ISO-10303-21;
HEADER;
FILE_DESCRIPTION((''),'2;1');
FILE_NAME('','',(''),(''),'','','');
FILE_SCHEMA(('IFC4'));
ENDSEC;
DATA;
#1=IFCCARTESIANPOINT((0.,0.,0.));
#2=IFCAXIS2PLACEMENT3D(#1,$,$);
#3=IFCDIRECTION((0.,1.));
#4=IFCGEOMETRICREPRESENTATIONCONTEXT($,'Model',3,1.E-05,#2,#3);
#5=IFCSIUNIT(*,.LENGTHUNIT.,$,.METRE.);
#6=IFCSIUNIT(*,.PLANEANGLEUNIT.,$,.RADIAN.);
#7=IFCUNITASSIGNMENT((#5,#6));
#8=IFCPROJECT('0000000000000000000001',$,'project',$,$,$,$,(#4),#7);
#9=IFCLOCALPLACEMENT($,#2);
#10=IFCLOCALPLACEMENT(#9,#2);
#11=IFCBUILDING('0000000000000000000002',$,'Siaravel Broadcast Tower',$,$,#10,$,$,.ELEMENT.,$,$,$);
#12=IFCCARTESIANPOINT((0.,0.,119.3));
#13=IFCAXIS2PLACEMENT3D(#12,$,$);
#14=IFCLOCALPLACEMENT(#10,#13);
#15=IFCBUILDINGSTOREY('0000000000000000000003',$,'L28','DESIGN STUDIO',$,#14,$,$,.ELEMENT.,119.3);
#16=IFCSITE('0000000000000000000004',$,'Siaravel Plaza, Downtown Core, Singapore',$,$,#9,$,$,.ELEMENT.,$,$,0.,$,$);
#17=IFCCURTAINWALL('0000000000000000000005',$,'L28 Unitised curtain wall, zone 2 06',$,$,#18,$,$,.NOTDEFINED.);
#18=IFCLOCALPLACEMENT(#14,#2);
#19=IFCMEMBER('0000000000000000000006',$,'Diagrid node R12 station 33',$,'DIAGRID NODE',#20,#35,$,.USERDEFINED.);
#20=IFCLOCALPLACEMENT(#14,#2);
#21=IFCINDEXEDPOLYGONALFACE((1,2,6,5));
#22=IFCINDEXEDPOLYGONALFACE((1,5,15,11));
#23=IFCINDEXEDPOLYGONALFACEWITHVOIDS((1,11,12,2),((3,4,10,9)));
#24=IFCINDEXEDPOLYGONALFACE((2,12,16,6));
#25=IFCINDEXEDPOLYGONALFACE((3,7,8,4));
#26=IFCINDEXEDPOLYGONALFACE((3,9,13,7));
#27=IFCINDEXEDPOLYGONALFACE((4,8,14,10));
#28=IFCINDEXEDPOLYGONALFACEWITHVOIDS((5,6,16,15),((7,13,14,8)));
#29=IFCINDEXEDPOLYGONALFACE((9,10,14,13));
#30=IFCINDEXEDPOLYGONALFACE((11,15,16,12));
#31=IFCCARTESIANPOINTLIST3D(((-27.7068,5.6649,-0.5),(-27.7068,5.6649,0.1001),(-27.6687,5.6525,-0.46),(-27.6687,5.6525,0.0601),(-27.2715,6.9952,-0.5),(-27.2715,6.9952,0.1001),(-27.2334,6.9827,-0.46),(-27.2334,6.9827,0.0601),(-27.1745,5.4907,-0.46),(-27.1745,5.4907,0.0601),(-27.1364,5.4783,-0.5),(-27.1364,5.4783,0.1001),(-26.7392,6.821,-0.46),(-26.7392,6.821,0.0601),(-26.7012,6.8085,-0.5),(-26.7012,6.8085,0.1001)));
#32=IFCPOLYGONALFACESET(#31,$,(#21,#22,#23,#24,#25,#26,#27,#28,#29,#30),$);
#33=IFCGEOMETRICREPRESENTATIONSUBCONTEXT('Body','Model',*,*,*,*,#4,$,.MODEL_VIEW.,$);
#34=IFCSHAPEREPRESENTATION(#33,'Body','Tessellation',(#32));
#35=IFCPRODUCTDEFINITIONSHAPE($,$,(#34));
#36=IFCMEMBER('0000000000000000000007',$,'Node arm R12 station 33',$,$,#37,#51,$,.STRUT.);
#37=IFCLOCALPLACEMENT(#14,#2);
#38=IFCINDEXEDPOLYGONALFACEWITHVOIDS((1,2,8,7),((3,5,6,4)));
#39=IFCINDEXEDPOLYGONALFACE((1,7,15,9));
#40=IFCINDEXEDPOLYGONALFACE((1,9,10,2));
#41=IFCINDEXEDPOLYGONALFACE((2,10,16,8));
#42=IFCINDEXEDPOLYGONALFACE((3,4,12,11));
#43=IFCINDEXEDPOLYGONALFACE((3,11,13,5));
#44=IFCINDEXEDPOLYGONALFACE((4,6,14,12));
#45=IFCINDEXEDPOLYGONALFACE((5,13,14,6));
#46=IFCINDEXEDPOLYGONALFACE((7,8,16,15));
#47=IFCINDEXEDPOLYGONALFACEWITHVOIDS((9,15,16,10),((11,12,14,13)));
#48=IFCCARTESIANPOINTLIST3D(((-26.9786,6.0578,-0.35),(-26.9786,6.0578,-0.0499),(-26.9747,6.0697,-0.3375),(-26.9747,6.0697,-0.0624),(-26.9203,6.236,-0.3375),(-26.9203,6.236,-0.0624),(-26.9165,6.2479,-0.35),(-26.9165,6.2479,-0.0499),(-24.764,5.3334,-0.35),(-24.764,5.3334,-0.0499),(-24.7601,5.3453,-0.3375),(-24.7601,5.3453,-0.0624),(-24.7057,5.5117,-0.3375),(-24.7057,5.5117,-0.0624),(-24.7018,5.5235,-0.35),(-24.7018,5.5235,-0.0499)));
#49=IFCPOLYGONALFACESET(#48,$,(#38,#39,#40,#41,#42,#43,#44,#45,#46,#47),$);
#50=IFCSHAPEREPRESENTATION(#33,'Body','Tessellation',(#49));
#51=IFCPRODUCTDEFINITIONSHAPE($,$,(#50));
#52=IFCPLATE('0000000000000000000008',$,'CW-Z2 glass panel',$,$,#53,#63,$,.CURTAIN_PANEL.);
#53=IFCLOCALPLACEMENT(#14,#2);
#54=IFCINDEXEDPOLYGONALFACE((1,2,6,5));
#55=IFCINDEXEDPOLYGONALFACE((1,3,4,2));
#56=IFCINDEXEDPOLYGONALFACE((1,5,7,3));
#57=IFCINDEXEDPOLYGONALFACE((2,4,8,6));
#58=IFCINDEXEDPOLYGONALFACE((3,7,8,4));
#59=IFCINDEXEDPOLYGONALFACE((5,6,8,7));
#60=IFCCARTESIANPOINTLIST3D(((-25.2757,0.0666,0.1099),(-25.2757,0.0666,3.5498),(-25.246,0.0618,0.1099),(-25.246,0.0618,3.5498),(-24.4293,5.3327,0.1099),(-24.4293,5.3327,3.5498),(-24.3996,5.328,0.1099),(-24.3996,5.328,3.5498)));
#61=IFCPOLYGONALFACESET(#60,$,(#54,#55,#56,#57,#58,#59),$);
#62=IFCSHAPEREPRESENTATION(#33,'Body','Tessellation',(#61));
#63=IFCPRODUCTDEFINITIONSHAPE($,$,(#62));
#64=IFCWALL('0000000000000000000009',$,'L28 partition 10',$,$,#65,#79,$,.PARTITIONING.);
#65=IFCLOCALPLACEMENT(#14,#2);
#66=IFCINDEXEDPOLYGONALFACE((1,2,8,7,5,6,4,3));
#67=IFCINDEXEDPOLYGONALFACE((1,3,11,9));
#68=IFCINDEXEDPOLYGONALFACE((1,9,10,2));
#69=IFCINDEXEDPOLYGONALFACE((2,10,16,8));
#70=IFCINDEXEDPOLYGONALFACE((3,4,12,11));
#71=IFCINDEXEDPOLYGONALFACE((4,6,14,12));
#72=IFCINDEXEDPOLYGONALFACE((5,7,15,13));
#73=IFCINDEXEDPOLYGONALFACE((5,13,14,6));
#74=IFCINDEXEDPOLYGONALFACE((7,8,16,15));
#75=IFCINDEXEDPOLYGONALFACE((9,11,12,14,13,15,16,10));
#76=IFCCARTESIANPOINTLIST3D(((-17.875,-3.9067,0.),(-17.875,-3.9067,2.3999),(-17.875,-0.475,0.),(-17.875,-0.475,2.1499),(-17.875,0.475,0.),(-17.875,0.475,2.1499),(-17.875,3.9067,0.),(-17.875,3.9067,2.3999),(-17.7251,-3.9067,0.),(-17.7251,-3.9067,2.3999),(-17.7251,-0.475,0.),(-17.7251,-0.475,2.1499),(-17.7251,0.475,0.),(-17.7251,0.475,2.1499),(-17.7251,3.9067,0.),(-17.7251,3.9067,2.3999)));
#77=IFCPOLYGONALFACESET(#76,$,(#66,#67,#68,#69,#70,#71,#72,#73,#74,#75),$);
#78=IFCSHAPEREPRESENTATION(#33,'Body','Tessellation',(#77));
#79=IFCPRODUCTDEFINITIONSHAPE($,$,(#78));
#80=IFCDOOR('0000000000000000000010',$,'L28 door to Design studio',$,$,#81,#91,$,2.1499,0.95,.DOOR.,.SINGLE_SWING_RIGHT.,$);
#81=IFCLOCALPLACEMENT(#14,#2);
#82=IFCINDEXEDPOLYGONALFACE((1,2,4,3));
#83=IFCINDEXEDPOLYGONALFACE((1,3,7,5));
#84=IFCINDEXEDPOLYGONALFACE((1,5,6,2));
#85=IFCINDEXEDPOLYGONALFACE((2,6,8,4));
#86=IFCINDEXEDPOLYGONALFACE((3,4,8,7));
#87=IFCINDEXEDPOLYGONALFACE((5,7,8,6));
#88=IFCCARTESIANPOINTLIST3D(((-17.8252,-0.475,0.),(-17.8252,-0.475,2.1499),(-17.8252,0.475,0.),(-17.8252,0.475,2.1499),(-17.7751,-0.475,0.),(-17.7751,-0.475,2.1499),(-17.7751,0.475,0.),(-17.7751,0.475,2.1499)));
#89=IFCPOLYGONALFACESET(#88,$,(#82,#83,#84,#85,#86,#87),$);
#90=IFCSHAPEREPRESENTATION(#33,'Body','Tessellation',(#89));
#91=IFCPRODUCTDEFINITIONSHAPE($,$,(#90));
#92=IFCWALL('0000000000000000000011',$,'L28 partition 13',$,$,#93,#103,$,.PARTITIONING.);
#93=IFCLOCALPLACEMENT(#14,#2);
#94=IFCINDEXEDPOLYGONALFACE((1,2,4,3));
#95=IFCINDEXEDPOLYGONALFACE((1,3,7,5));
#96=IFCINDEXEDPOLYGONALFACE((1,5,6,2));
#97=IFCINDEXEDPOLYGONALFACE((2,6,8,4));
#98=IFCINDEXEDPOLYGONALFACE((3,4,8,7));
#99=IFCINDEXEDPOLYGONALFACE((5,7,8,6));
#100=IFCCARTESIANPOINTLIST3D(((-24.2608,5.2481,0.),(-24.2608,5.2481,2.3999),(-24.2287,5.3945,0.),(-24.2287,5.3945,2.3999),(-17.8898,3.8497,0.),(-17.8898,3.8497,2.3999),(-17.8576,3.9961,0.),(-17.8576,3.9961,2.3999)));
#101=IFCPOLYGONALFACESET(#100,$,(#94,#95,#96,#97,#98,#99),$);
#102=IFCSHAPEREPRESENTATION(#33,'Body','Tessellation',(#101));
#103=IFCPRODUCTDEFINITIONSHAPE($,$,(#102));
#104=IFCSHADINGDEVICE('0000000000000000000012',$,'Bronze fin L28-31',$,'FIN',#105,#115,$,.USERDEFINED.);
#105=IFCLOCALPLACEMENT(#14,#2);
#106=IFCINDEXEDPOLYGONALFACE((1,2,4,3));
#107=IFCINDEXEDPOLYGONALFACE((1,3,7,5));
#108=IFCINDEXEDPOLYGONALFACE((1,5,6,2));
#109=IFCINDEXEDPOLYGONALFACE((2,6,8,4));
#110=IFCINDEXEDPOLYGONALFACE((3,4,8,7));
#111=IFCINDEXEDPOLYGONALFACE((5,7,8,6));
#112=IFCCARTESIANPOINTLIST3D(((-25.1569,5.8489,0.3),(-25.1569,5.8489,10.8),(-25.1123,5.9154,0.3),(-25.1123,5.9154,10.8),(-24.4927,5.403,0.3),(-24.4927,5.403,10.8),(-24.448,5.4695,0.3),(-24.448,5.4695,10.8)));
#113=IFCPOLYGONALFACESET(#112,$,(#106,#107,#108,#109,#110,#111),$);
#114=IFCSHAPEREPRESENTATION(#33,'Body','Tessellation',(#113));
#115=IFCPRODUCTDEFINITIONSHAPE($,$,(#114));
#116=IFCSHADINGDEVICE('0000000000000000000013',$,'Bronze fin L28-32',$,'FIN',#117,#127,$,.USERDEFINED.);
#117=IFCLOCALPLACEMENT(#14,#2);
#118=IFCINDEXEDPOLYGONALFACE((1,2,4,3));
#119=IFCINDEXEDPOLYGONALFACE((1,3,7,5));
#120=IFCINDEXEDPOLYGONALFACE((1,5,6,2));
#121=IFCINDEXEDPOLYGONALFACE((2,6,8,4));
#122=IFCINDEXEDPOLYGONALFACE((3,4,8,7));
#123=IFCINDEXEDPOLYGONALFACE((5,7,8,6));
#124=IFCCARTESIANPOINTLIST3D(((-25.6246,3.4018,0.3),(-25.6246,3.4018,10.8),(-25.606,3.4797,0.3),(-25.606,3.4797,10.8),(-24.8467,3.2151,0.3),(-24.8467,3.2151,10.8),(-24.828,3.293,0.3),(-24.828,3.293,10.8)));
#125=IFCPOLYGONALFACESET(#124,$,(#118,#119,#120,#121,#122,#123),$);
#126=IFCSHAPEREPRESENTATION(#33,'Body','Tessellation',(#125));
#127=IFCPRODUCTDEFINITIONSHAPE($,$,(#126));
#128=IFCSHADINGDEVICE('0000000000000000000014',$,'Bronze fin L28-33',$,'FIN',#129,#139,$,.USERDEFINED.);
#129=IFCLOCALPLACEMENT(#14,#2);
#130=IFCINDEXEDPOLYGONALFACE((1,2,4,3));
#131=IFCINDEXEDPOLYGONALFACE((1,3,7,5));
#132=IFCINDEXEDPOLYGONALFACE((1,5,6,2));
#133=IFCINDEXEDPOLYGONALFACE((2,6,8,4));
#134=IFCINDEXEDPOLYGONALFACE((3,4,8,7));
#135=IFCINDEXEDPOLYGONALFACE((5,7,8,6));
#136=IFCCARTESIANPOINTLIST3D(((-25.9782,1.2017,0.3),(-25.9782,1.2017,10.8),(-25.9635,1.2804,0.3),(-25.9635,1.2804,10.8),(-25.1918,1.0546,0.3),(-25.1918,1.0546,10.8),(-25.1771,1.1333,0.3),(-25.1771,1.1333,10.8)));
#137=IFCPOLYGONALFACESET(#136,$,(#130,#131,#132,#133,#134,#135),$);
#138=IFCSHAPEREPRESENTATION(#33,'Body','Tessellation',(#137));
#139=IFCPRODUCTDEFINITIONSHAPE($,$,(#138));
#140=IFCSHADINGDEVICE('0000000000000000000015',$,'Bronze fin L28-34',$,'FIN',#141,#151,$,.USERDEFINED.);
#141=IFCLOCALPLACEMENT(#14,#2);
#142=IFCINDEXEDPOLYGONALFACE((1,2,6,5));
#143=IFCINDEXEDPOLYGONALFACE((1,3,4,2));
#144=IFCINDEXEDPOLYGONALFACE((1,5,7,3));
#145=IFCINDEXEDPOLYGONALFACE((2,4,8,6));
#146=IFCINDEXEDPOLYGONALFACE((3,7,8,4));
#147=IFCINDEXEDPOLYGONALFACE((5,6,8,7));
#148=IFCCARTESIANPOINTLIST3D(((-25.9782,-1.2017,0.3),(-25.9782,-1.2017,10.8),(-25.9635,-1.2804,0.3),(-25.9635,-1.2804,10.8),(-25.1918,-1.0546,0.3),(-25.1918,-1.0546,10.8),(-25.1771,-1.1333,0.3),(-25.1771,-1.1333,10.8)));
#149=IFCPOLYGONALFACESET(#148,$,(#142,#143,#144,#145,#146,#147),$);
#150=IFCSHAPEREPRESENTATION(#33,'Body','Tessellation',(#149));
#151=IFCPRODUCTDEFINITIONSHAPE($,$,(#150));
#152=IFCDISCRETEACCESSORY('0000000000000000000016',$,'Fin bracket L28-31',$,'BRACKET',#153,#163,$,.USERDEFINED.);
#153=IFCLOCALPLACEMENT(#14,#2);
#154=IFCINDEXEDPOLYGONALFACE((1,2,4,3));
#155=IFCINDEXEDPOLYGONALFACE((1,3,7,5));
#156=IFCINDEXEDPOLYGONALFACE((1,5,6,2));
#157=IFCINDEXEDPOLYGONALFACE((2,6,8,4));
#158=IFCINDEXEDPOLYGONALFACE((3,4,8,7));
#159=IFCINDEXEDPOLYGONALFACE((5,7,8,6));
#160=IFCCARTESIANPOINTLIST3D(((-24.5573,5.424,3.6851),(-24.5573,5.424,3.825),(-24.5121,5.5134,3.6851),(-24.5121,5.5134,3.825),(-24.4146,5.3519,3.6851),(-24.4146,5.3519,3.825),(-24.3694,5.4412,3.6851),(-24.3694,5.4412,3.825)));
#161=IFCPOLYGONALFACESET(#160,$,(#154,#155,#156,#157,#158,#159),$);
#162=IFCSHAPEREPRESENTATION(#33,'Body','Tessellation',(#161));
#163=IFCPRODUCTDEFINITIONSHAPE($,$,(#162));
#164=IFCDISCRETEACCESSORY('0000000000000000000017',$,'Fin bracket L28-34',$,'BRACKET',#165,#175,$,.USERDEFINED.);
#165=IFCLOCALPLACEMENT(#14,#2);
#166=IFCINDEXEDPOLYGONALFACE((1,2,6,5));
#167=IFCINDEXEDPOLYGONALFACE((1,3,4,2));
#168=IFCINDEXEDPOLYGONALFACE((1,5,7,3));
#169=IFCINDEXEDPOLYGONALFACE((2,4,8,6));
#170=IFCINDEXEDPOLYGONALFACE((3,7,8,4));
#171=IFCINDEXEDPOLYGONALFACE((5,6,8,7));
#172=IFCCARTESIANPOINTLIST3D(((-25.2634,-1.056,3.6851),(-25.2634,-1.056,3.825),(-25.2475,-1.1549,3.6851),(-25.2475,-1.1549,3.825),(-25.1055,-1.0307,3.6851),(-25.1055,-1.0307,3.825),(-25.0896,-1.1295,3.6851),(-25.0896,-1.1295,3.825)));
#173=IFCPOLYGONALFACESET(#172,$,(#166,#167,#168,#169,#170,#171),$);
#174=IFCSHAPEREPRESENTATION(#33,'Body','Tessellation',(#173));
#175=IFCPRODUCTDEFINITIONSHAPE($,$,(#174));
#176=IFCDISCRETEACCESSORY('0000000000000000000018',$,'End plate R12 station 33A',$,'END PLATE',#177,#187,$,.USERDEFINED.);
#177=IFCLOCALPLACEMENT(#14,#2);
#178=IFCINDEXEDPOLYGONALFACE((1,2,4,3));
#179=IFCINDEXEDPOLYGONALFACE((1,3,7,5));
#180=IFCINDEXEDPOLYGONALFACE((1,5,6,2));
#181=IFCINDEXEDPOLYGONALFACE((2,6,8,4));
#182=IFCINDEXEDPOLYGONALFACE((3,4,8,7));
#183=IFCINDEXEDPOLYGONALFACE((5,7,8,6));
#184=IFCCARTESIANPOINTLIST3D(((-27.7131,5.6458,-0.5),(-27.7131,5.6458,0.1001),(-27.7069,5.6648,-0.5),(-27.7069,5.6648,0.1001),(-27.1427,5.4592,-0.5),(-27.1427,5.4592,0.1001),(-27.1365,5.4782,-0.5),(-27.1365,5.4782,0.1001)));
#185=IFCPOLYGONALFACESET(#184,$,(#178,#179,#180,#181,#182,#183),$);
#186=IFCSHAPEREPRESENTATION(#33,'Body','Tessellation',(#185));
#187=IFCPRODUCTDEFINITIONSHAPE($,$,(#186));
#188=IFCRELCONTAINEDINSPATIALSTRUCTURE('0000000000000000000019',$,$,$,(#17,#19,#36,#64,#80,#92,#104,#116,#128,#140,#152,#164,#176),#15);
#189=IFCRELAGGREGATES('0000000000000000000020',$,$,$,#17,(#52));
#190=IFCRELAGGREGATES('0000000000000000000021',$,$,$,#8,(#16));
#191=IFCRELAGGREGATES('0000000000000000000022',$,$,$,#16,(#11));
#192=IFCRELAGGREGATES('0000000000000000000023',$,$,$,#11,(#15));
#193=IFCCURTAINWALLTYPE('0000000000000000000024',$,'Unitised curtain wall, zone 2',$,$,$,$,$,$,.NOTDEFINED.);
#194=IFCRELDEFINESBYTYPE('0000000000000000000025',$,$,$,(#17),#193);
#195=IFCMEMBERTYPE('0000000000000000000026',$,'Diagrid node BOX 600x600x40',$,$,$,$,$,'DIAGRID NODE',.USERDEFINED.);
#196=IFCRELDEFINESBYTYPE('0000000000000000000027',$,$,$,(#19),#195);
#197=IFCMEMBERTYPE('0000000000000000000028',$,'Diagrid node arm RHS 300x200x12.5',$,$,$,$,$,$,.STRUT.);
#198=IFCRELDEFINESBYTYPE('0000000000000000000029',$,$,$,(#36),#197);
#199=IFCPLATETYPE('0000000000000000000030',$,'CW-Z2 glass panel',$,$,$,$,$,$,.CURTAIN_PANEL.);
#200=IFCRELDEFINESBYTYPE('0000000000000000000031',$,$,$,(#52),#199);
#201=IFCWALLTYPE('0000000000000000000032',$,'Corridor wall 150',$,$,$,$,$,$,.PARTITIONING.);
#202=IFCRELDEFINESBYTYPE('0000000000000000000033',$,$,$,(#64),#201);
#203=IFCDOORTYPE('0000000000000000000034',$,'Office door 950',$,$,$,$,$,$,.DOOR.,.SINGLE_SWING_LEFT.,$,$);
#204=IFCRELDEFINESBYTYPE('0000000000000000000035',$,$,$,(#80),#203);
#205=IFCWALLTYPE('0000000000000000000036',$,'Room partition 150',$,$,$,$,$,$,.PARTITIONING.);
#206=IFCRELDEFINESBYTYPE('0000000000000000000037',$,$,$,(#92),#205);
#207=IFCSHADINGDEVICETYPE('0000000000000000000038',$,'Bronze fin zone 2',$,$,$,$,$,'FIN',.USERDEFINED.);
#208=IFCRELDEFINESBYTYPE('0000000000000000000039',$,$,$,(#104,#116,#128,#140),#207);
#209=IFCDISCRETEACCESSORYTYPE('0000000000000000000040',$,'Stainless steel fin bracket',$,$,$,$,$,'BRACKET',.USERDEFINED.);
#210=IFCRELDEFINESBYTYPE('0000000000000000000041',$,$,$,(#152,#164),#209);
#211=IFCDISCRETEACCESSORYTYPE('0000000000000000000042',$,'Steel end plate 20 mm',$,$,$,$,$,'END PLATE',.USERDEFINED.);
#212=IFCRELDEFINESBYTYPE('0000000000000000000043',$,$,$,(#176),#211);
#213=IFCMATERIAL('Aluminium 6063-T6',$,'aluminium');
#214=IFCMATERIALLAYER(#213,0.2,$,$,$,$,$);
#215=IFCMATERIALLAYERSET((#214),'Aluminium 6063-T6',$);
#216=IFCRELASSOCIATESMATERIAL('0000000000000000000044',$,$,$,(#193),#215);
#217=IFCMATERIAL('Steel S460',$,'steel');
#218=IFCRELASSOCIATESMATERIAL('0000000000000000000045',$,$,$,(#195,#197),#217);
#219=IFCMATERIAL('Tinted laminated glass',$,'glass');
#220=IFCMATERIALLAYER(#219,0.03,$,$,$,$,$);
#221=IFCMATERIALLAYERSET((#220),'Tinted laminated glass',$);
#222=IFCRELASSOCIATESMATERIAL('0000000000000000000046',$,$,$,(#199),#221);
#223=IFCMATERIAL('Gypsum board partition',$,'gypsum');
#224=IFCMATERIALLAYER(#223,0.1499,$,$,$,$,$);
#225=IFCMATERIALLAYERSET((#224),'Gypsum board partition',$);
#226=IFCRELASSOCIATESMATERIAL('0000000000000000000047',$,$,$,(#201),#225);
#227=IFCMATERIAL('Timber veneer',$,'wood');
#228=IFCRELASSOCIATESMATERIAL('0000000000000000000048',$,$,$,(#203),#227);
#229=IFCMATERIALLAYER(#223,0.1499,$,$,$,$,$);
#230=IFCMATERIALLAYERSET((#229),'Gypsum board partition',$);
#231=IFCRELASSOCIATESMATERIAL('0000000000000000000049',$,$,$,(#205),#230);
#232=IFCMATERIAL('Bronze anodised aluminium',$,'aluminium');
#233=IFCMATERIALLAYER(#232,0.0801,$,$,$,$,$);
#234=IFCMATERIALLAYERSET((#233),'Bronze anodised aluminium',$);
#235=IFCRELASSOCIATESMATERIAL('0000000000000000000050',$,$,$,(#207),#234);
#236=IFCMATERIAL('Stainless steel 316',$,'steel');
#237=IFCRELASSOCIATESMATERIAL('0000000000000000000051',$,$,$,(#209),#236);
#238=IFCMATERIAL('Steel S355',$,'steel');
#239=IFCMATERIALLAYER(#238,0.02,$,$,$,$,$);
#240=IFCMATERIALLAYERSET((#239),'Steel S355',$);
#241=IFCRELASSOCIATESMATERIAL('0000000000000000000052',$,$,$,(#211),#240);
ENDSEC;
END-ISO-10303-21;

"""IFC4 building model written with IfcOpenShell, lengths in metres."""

from ifc_helpers import new_model, si_unit, direction, frame, frame_2d, origin, origin_2d, place, context, subcontext, project, spatial, rectangle, hollow_rectangle, extrude, material, layer, layer_set, material_profile, profile_set, type_object, element, fill, aggregate, save


model = new_model("IFC4")

# Units and contexts
model_context = context("Model", 3, precision=1e-05, world=origin(), true_north=direction((0.0, 1.0)))
body_context = subcontext(model_context, "Body", "Model", "MODEL_VIEW")
ifc_project = project(units=[si_unit("LENGTHUNIT", "METRE"), si_unit("PLANEANGLEUNIT", "RADIAN")], contexts=[model_context])

# Site, building, storey
site_placement = place(None, origin())
site = spatial("IfcSite", under=ifc_project, at=site_placement, Name="Siaravel Plaza, Downtown Core, Singapore", CompositionType="ELEMENT", RefElevation=0.0)
building_placement = place(site_placement, origin())
building = spatial("IfcBuilding", under=site, at=building_placement, Name="Siaravel Broadcast Tower", CompositionType="ELEMENT")
storey_placement = place(building_placement, frame((0.0, 0.0, 119.3)))
storey = spatial("IfcBuildingStorey", under=building, at=storey_placement, Name="L28", Description="DESIGN STUDIO", CompositionType="ELEMENT", Elevation=119.3)

# Shared definitions
ifc_material_1 = material(Name="Steel S355", Category="steel")

# Curtain wall
ifc_material_2 = material(Name="Aluminium 6063-T6", Category="aluminium")
ifc_layer_1 = layer(ifc_material_2, 0.2)
ifc_layer_set_1 = layer_set([ifc_layer_1], Name="Aluminium 6063-T6")
curtain_wall_type = type_object("IfcCurtainWallType", Name="Unitised curtain wall, zone 2", PredefinedType="NOTDEFINED", material=ifc_layer_set_1)
curtain_wall_1_placement = place(storey_placement, origin())
curtain_wall_1 = element("IfcCurtainWall", 1, at=curtain_wall_1_placement, inside=storey, type_object=curtain_wall_type, Name="L28 Unitised curtain wall, zone 2 06", PredefinedType="NOTDEFINED")

# Members
ifc_material_3 = material(Name="Steel S460", Category="steel")
ifc_material_profile_1 = material_profile(ifc_material_3, hollow_rectangle(XDim=0.6001, YDim=0.6001, WallThickness=0.04, at=origin_2d()))
ifc_profile_set_1 = profile_set([ifc_material_profile_1], Name="Steel S460")
member_type_1 = type_object("IfcMemberType", Name="Diagrid node BOX 600x600x40", ElementType="DIAGRID NODE", PredefinedType="USERDEFINED", material=ifc_profile_set_1)
member_1_placement = place(storey_placement, frame((-26.9863, 6.9019, -0.2), z_axis=(-0.31099, -0.950413, 0.0), x_axis=(0.950413, -0.31099, 0.0)))
element("IfcMember", 2, at=member_1_placement, inside=storey, type_object=member_type_1, Name="Diagrid node R12 station 33", ObjectType="DIAGRID NODE", PredefinedType="USERDEFINED", context=body_context, shape_type="SweptSolid", body=[
    extrude(hollow_rectangle(XDim=0.6001, YDim=0.6001, WallThickness=0.04, at=origin_2d()), origin(), (0.0, 0.0, 1.0), 1.3997),
])
ifc_material_profile_2 = material_profile(ifc_material_3, hollow_rectangle(XDim=0.2, YDim=0.3, WallThickness=0.0125, at=origin_2d()))
ifc_profile_set_2 = profile_set([ifc_material_profile_2], Name="Steel S460")
member_type_2 = type_object("IfcMemberType", Name="Diagrid node arm RHS 300x200x12.5", PredefinedType="STRUT", material=ifc_profile_set_2)
member_2_placement = place(storey_placement, frame((-24.7329, 5.4285, -0.2), z_axis=(-0.950449, 0.310879, 0.0), x_axis=(-0.310879, -0.950449, 0.0)))
element("IfcMember", 3, at=member_2_placement, inside=storey, type_object=member_type_2, Name="Node arm R12 station 33", PredefinedType="STRUT", context=body_context, shape_type="SweptSolid", body=[
    extrude(hollow_rectangle(XDim=0.2, YDim=0.3, WallThickness=0.0125, at=origin_2d()), origin(), (0.0, 0.0, 1.0), 2.3301),
])

# Plate
ifc_material_4 = material(Name="Tinted laminated glass", Category="glass")
ifc_layer_2 = layer(ifc_material_4, 0.03)
ifc_layer_set_2 = layer_set([ifc_layer_2], Name="Tinted laminated glass")
plate_type = type_object("IfcPlateType", Name="CW-Z2 glass panel", PredefinedType="CURTAIN_PANEL", material=ifc_layer_set_2)
plate_placement = place(storey_placement, frame((-24.8376, 2.6973, 0.1099), z_axis=(0.0, 0.0, 1.0), x_axis=(-0.158686, -0.987329, 0.0)))
plate = element("IfcPlate", 4, at=plate_placement, type_object=plate_type, Name="CW-Z2 glass panel", PredefinedType="CURTAIN_PANEL", context=body_context, shape_type="SweptSolid", body=[
    extrude(rectangle(XDim=5.3337, YDim=0.03, at=origin_2d()), origin(), (0.0, 0.0, 1.0), 3.4399),
])
aggregate(curtain_wall_1, [plate])

# Wall, opening, door
ifc_material_5 = material(Name="Gypsum board partition", Category="gypsum")
ifc_layer_3 = layer(ifc_material_5, 0.1499)
ifc_layer_set_3 = layer_set([ifc_layer_3], Name="Gypsum board partition")
wall_type_1 = type_object("IfcWallType", Name="Corridor wall 150", PredefinedType="PARTITIONING", material=ifc_layer_set_3)
wall_1_placement = place(storey_placement, frame((-17.8, 3.9067, 0.0), z_axis=(0.0, 0.0, 1.0), x_axis=(0.0, -1.0, 0.0)))
wall_1 = element("IfcWall", 5, at=wall_1_placement, inside=storey, type_object=wall_type_1, Name="L28 partition 10", PredefinedType="PARTITIONING", context=body_context, shape_type="SweptSolid", body=[
    extrude(rectangle(XDim=7.8135, YDim=0.1499, at=frame_2d((3.9067, 0.0))), origin(), (0.0, 0.0, 1.0), 2.3999),
])
opening_placement = place(wall_1_placement, frame((3.4316, 0.0, 0.0)))
opening = element("IfcOpeningElement", 6, at=opening_placement, cuts=wall_1, PredefinedType="OPENING", context=body_context, shape_type="SweptSolid", body=[
    extrude(rectangle(XDim=0.95, YDim=2.1499, at=frame_2d((0.4751, 1.075))), frame((0.0, 0.085, 0.0), z_axis=(0.0, -1.0, 0.0), x_axis=(1.0, 0.0, 0.0)), (0.0, 0.0, 1.0), 0.1699),
])
ifc_material_6 = material(Name="Timber veneer", Category="wood")
door_type = type_object("IfcDoorType", Name="Office door 950", OperationType="SINGLE_SWING_LEFT", PredefinedType="DOOR", material=ifc_material_6)
door_placement = place(opening_placement, origin())
door = element("IfcDoor", 7, at=door_placement, inside=storey, type_object=door_type, Name="L28 door to Design studio", OperationType="SINGLE_SWING_RIGHT", OverallHeight=2.1499, OverallWidth=0.95, PredefinedType="DOOR", context=body_context, shape_type="SweptSolid", body=[
    extrude(rectangle(XDim=0.95, YDim=2.1499, at=frame_2d((0.4751, 1.075))), frame((0.0, 0.0249, 0.0), z_axis=(0.0, -1.0, 0.0), x_axis=(1.0, 0.0, 0.0)), (0.0, 0.0, 1.0), 0.05),
])
fill(opening, door)

# Wall
ifc_layer_4 = layer(ifc_material_5, 0.1499)
ifc_layer_set_4 = layer_set([ifc_layer_4], Name="Gypsum board partition")
wall_type_2 = type_object("IfcWallType", Name="Room partition 150", PredefinedType="PARTITIONING", material=ifc_layer_set_4)
wall_2_placement = place(storey_placement, frame((-24.2446, 5.3213, 0.0), z_axis=(0.0, 0.0, 1.0), x_axis=(0.976747, -0.214393, 0.0)))
element("IfcWall", 8, at=wall_2_placement, inside=storey, type_object=wall_type_2, Name="L28 partition 13", PredefinedType="PARTITIONING", context=body_context, shape_type="SweptSolid", body=[
    extrude(rectangle(XDim=6.5227, YDim=0.1499, at=frame_2d((3.2612, 0.0))), origin(), (0.0, 0.0, 1.0), 2.3999),
])

# Shading devices
ifc_material_7 = material(Name="Bronze anodised aluminium", Category="aluminium")
ifc_layer_5 = layer(ifc_material_7, 0.0801)
ifc_layer_set_5 = layer_set([ifc_layer_5], Name="Bronze anodised aluminium")
shading_device_type = type_object("IfcShadingDeviceType", Name="Bronze fin zone 2", ElementType="FIN", PredefinedType="USERDEFINED", material=ifc_layer_set_5)
for number, where, z_axis, x_axis, name in (
    (9, (-24.8025, 5.6592, 0.3), (0.0, 0.0, 1.0), (-0.830273, 0.557357, 0.0), "Bronze fin L28-31"),
    (10, (-25.2263, 3.3474, 0.3), (0.0, 0.0, 1.0), (-0.972394, 0.233345, 0.0), "Bronze fin L28-32"),
    (11, (-25.5776, 1.1675, 0.3), (0.0, 0.0, 1.0), (-0.982943, 0.18391, 0.0), "Bronze fin L28-33"),
    (12, (-25.5776, -1.1675, 0.3), (0.0, 0.0, 1.0), (-0.982943, -0.18391, 0.0), "Bronze fin L28-34"),
):
    element("IfcShadingDevice", number, at=place(storey_placement, frame(where, z_axis=z_axis, x_axis=x_axis)), inside=storey, type_object=shading_device_type, Name=name, ObjectType="FIN", PredefinedType="USERDEFINED", context=body_context, shape_type="SweptSolid", body=[
        extrude(rectangle(XDim=0.8, YDim=0.0801, at=origin_2d()), origin(), (0.0, 0.0, 1.0), 10.5),
    ])

# Discrete accessories
ifc_material_8 = material(Name="Stainless steel 316", Category="steel")
discrete_accessory_type_1 = type_object("IfcDiscreteAccessoryType", Name="Stainless steel fin bracket", ElementType="BRACKET", PredefinedType="USERDEFINED", material=ifc_material_8)
for number, where, z_axis, x_axis, name in (
    (13, (-24.4634, 5.4326, 3.6851), (0.0, 0.0, 1.0), (-0.892392, 0.451261, 0.0), "Fin bracket L28-31"),
    (14, (-25.1765, -1.0928, 3.6851), (0.0, 0.0, 1.0), (-0.987329, -0.158685, 0.0), "Fin bracket L28-34"),
):
    element("IfcDiscreteAccessory", number, at=place(storey_placement, frame(where, z_axis=z_axis, x_axis=x_axis)), inside=storey, type_object=discrete_accessory_type_1, Name=name, ObjectType="BRACKET", PredefinedType="USERDEFINED", context=body_context, shape_type="SweptSolid", body=[
        extrude(rectangle(XDim=0.1599, YDim=0.1001, at=origin_2d()), origin(), (0.0, 0.0, 1.0), 0.1399),
    ])
ifc_layer_6 = layer(ifc_material_1, 0.02)
ifc_layer_set_6 = layer_set([ifc_layer_6], Name="Steel S355")
discrete_accessory_type_2 = type_object("IfcDiscreteAccessoryType", Name="Steel end plate 20 mm", ElementType="END PLATE", PredefinedType="USERDEFINED", material=ifc_layer_set_6)
for number, where, z_axis, x_axis, name in (
    (15, (-27.4248, 5.562, -0.5), (0.0, 0.0, 1.0), (-0.310909, -0.95044, 0.0), "End plate R12 station 33A"),
):
    element("IfcDiscreteAccessory", number, at=place(storey_placement, frame(where, z_axis=z_axis, x_axis=x_axis)), inside=storey, type_object=discrete_accessory_type_2, Name=name, ObjectType="END PLATE", PredefinedType="USERDEFINED", context=body_context, shape_type="SweptSolid", body=[
        extrude(rectangle(XDim=0.02, YDim=0.6001, at=origin_2d()), origin(), (0.0, 0.0, 1.0), 0.6001),
    ])

save(model, "model.ifc")
